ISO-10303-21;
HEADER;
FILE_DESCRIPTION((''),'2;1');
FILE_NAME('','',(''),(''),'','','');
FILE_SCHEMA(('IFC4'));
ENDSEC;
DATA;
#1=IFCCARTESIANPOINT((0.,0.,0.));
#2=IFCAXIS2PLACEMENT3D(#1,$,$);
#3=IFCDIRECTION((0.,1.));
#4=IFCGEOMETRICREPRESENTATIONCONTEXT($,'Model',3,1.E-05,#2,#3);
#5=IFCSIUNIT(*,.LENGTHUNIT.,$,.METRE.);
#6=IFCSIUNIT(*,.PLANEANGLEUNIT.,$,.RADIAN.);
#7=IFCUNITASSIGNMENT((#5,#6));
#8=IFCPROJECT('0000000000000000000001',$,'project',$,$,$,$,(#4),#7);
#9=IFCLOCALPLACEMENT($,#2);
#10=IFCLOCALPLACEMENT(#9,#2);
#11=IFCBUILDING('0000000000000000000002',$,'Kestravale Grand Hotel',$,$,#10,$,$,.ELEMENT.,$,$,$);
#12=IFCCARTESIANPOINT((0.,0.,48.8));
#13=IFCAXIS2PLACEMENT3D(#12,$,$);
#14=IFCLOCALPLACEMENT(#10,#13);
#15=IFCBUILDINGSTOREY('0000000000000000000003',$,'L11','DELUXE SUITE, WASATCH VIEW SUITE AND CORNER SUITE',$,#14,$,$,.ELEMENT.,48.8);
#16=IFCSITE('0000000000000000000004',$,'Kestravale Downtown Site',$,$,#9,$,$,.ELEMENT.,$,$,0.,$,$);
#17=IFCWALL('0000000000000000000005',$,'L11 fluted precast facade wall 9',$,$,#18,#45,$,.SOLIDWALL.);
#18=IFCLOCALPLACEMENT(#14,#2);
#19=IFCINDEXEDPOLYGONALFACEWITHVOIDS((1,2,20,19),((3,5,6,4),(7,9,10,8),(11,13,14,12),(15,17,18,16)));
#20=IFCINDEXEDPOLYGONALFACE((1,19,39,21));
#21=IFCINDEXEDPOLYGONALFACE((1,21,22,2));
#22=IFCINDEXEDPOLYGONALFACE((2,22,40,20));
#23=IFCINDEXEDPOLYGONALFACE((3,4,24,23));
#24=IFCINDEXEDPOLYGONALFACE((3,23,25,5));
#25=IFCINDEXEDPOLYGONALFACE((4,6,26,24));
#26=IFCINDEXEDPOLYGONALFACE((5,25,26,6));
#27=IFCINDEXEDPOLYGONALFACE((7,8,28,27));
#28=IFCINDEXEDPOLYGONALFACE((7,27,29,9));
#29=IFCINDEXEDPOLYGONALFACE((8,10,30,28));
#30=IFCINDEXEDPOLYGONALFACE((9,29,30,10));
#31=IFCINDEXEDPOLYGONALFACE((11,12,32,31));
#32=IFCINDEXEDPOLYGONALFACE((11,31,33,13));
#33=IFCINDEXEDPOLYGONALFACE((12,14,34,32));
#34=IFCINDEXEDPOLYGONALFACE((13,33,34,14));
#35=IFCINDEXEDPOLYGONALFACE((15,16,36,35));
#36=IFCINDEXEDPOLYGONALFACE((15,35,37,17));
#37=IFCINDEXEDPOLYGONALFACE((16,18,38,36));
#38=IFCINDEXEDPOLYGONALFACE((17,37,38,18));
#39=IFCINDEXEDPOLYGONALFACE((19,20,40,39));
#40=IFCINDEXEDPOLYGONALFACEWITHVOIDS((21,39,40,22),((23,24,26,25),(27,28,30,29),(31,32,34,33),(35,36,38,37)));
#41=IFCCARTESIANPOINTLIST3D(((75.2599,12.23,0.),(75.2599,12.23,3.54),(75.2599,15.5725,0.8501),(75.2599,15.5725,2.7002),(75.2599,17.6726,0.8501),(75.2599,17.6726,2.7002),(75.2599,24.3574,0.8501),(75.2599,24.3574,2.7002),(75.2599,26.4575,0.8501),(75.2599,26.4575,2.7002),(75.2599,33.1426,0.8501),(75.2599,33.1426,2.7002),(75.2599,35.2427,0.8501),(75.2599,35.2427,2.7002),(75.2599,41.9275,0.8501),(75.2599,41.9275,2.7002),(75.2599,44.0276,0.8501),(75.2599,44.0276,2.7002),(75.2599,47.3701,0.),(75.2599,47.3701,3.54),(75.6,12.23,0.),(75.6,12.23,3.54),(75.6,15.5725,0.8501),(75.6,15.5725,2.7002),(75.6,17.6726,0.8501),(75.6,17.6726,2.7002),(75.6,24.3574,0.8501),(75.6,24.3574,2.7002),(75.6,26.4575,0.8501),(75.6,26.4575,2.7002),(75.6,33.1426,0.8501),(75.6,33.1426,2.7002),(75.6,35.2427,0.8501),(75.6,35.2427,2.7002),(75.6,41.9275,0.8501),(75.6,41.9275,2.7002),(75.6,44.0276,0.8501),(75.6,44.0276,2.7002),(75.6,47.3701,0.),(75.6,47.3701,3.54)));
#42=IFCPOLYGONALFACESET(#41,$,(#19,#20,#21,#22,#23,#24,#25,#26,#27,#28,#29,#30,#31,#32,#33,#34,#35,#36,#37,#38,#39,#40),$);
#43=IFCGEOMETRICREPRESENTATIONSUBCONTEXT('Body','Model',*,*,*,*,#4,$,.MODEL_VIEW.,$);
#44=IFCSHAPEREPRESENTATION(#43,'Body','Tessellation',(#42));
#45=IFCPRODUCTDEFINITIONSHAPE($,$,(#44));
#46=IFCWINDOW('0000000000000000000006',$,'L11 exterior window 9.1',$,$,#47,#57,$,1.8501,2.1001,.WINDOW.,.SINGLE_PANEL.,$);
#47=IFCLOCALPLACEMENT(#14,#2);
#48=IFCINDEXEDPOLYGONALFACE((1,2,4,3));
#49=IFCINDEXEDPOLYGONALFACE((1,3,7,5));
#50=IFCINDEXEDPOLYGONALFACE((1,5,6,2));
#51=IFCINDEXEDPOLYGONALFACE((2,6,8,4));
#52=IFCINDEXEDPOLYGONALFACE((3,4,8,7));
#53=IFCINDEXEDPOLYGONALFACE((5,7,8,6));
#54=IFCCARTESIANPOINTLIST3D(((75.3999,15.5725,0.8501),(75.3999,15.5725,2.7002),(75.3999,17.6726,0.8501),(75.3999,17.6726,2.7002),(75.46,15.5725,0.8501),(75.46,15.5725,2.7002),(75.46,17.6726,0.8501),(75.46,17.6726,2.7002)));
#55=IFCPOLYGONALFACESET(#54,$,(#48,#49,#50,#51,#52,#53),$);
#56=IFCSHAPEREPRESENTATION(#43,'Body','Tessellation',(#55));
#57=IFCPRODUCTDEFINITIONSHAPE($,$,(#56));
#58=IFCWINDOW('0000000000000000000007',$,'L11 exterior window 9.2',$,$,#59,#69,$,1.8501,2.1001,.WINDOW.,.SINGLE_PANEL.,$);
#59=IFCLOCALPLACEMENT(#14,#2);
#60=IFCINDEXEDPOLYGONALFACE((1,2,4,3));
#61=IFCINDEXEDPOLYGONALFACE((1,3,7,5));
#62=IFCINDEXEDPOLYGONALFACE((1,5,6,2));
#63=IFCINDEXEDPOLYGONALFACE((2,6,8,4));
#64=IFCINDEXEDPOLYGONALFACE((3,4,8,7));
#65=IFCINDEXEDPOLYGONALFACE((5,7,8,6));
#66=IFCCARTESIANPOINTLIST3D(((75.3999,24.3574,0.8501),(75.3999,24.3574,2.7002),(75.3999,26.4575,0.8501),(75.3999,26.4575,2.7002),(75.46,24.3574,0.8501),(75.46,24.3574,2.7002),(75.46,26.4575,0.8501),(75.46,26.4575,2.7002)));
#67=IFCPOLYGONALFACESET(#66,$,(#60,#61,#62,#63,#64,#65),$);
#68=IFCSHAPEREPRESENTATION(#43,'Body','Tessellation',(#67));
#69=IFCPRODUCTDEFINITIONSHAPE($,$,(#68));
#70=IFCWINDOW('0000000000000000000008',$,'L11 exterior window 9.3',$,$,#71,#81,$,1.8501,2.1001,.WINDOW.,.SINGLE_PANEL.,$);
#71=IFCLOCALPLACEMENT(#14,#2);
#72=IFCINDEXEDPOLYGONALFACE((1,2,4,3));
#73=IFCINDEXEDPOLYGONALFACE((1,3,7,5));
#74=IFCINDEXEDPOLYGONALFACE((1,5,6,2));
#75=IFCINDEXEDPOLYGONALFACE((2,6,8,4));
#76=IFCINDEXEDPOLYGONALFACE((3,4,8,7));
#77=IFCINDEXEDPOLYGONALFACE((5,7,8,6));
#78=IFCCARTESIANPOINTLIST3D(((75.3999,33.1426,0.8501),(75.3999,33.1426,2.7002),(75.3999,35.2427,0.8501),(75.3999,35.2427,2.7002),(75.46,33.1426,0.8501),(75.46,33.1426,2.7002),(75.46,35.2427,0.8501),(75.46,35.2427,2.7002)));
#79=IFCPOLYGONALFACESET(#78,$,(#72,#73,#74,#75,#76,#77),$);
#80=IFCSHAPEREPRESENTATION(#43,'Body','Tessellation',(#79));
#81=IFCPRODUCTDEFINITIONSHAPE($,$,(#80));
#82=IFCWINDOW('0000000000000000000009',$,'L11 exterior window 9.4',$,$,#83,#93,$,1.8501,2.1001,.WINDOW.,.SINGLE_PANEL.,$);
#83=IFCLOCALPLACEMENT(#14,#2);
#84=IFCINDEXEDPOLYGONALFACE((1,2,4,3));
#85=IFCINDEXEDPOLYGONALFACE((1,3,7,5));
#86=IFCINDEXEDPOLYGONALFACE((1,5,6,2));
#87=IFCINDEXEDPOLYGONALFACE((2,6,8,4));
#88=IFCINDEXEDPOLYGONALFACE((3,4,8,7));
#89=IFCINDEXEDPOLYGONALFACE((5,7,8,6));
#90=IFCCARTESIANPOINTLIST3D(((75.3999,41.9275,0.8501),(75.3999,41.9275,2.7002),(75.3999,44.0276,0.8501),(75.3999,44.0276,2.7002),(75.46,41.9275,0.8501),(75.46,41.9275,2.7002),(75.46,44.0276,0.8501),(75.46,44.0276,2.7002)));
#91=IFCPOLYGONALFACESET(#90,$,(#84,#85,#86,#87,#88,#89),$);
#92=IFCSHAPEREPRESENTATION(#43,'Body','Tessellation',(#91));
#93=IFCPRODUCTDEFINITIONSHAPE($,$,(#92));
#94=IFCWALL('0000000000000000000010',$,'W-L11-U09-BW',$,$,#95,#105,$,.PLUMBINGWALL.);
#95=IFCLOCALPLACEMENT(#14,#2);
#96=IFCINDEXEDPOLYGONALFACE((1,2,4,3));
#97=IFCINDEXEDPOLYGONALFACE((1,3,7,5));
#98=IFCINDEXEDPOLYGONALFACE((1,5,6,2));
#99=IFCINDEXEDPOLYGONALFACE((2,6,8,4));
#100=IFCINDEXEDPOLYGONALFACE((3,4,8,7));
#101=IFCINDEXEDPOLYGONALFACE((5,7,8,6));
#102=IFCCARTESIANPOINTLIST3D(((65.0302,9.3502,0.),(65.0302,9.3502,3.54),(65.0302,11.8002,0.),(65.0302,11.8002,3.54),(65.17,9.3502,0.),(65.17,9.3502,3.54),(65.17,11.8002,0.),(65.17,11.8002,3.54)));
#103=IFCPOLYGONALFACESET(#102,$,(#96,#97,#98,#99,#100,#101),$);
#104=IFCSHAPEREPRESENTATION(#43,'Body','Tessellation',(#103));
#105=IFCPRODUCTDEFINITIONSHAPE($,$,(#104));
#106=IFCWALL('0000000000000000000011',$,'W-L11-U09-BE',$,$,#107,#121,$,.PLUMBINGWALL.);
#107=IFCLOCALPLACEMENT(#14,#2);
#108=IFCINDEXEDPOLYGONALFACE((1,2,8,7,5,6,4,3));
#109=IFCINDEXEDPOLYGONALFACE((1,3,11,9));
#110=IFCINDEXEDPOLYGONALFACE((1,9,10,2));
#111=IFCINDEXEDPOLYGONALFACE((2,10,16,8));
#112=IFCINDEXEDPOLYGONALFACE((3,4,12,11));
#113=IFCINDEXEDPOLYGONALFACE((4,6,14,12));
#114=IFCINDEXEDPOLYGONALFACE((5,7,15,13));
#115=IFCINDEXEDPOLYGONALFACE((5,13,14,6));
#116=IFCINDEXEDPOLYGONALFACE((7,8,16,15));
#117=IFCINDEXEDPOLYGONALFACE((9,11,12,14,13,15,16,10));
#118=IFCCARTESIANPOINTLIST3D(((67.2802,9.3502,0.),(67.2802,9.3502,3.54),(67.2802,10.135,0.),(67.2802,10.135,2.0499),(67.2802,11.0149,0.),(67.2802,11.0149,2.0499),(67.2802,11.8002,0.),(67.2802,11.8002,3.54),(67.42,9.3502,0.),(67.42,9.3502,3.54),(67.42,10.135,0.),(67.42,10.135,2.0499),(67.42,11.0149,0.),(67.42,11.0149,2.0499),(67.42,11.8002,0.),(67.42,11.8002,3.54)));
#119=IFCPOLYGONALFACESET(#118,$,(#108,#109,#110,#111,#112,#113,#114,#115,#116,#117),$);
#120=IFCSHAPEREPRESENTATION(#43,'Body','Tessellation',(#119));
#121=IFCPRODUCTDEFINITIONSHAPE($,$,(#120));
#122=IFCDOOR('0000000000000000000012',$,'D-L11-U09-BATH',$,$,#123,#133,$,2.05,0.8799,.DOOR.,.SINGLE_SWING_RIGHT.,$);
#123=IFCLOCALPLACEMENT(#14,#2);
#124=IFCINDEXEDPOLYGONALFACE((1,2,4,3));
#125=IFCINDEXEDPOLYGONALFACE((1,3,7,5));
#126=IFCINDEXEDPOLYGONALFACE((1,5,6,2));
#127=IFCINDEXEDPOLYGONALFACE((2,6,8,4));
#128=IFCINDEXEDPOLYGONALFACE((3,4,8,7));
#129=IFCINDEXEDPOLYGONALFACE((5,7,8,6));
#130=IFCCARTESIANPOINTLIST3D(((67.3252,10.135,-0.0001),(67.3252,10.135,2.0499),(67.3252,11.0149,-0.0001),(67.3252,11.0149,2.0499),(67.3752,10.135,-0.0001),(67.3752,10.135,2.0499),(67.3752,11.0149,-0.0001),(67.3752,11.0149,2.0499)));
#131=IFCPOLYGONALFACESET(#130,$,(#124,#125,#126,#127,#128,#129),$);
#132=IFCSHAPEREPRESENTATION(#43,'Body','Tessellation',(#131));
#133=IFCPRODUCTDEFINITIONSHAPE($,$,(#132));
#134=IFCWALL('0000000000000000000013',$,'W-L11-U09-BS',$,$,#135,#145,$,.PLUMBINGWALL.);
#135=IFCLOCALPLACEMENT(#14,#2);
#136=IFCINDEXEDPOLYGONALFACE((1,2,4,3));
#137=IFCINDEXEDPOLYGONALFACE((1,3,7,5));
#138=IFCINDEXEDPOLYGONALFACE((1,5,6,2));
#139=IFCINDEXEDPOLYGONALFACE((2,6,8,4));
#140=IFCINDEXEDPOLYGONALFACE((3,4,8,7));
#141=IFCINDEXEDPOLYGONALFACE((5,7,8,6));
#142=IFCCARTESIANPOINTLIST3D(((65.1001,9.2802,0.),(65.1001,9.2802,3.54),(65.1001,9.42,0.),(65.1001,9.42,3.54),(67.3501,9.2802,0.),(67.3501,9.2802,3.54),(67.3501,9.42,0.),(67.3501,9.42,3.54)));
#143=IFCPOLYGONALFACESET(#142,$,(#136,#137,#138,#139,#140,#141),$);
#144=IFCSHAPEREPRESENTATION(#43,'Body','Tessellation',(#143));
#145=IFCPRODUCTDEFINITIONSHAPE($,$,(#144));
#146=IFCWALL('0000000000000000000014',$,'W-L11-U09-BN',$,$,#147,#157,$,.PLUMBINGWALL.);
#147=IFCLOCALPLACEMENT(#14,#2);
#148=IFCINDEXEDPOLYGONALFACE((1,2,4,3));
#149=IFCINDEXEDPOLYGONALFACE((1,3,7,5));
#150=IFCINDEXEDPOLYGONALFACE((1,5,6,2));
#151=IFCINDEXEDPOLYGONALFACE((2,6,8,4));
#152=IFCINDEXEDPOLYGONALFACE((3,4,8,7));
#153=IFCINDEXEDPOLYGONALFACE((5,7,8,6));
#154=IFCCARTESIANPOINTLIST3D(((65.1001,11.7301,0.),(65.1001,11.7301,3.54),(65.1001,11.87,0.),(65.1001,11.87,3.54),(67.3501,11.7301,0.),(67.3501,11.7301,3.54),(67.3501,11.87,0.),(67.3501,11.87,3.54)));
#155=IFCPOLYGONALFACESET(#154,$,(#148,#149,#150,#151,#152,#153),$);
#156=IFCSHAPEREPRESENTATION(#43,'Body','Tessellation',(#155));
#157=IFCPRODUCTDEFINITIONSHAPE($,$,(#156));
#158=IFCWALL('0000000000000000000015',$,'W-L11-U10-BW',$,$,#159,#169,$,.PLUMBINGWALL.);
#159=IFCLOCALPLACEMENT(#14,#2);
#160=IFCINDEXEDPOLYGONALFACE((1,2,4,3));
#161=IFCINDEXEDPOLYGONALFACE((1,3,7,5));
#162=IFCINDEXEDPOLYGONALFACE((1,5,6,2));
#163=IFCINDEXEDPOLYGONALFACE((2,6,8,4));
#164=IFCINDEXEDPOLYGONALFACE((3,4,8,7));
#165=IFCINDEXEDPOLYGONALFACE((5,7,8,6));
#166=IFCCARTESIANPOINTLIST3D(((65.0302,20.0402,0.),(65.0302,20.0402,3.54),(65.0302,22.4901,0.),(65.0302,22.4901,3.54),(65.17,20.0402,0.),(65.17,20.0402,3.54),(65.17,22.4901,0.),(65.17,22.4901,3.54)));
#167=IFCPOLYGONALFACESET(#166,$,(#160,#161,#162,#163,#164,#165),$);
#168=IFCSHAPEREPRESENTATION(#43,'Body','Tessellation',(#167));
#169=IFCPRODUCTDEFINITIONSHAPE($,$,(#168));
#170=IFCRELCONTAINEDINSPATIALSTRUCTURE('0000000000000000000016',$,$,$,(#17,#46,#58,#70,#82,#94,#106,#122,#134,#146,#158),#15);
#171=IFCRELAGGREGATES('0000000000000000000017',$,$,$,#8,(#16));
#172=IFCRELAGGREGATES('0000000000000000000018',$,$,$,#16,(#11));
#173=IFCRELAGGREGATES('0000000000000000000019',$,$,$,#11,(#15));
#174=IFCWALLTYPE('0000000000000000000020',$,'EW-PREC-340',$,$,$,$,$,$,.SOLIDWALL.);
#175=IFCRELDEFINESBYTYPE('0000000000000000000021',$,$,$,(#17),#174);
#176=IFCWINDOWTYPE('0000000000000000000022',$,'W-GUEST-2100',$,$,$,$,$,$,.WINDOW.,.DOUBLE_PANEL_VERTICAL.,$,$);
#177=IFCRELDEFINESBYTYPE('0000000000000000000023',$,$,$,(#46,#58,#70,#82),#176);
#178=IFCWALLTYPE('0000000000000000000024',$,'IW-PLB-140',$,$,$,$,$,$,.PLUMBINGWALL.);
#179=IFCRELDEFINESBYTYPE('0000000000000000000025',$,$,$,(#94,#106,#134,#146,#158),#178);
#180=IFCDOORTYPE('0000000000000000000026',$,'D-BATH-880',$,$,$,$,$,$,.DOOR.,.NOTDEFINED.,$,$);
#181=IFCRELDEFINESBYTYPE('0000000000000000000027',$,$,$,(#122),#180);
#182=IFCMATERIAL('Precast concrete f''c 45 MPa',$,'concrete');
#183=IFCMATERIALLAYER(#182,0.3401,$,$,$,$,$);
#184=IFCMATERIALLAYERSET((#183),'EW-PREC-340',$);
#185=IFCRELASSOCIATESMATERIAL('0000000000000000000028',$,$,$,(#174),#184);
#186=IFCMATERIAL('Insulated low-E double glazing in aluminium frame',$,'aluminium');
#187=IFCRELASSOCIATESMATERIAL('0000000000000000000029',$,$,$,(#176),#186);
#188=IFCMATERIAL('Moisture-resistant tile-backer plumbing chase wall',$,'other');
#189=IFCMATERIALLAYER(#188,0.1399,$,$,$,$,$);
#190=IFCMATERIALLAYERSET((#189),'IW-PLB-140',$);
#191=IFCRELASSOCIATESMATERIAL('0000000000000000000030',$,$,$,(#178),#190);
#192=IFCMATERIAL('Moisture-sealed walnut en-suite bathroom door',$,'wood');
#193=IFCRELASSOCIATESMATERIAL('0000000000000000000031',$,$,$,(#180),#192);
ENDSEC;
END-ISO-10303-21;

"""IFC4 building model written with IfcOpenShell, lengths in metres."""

from ifc_helpers import new_model, si_unit, direction, frame, frame_2d, origin, place, context, subcontext, project, spatial, rectangle, extrude, material, layer, layer_set, type_object, element, fill, save


model = new_model("IFC4")

# Units and contexts
model_context = context("Model", 3, precision=1e-05, world=origin(), true_north=direction((0.0, 1.0)))
body_context = subcontext(model_context, "Body", "Model", "MODEL_VIEW")
ifc_project = project(units=[si_unit("LENGTHUNIT", "METRE"), si_unit("PLANEANGLEUNIT", "RADIAN")], contexts=[model_context])

# Site, building, storey
site_placement = place(None, origin())
site = spatial("IfcSite", under=ifc_project, at=site_placement, Name="Kestravale Downtown Site", CompositionType="ELEMENT", RefElevation=0.0)
building_placement = place(site_placement, origin())
building = spatial("IfcBuilding", under=site, at=building_placement, Name="Kestravale Grand Hotel", CompositionType="ELEMENT")
storey_placement = place(building_placement, frame((0.0, 0.0, 48.8)))
storey = spatial("IfcBuildingStorey", under=building, at=storey_placement, Name="L11", Description="DELUXE SUITE, WASATCH VIEW SUITE AND CORNER SUITE", CompositionType="ELEMENT", Elevation=48.8)

# Shared definitions
ifc_material_1 = material(Name="Precast concrete f'c 45 MPa", Category="concrete")
ifc_layer_1 = layer(ifc_material_1, 0.3401)
ifc_layer_set_1 = layer_set([ifc_layer_1], Name="EW-PREC-340")
wall_type_1 = type_object("IfcWallType", Name="EW-PREC-340", PredefinedType="SOLIDWALL", material=ifc_layer_set_1)
ifc_material_2 = material(Name="Insulated low-E double glazing in aluminium frame", Category="aluminium")
window_type = type_object("IfcWindowType", Name="W-GUEST-2100", PartitioningType="DOUBLE_PANEL_VERTICAL", PredefinedType="WINDOW", material=ifc_material_2)

# Wall, openings, windows
wall_1_placement = place(storey_placement, frame((75.4299, 12.23, 0.0), z_axis=(0.0, 0.0, 1.0), x_axis=(0.0, 1.0, 0.0)))
wall_1 = element("IfcWall", 1, at=wall_1_placement, inside=storey, type_object=wall_type_1, Name="L11 fluted precast facade wall 9", PredefinedType="SOLIDWALL", context=body_context, shape_type="SweptSolid", body=[
    extrude(rectangle(XDim=35.1401, YDim=0.3401, at=frame_2d((17.5701, 0.0))), origin(), (0.0, 0.0, 1.0), 3.54),
])
opening_1_placement = place(wall_1_placement, frame((3.3425, 0.0, 0.8501)))
opening_1 = element("IfcOpeningElement", 2, at=opening_1_placement, cuts=wall_1, PredefinedType="OPENING", context=body_context, shape_type="SweptSolid", body=[
    extrude(rectangle(XDim=2.1001, YDim=1.8501, at=frame_2d((1.05, 0.925))), frame((0.0, 0.1799, 0.0), z_axis=(0.0, -1.0, 0.0), x_axis=(1.0, 0.0, 0.0)), (0.0, 0.0, 1.0), 0.3601),
])
opening_2_placement = place(wall_1_placement, frame((12.1274, 0.0, 0.8501)))
opening_2 = element("IfcOpeningElement", 3, at=opening_2_placement, cuts=wall_1, PredefinedType="OPENING", context=body_context, shape_type="SweptSolid", body=[
    extrude(rectangle(XDim=2.1001, YDim=1.8501, at=frame_2d((1.05, 0.925))), frame((0.0, 0.1799, 0.0), z_axis=(0.0, -1.0, 0.0), x_axis=(1.0, 0.0, 0.0)), (0.0, 0.0, 1.0), 0.3601),
])
opening_3_placement = place(wall_1_placement, frame((20.9126, 0.0, 0.8501)))
opening_3 = element("IfcOpeningElement", 4, at=opening_3_placement, cuts=wall_1, PredefinedType="OPENING", context=body_context, shape_type="SweptSolid", body=[
    extrude(rectangle(XDim=2.1001, YDim=1.8501, at=frame_2d((1.05, 0.925))), frame((0.0, 0.1799, 0.0), z_axis=(0.0, -1.0, 0.0), x_axis=(1.0, 0.0, 0.0)), (0.0, 0.0, 1.0), 0.3601),
])
opening_4_placement = place(wall_1_placement, frame((29.6975, 0.0, 0.8501)))
opening_4 = element("IfcOpeningElement", 5, at=opening_4_placement, cuts=wall_1, PredefinedType="OPENING", context=body_context, shape_type="SweptSolid", body=[
    extrude(rectangle(XDim=2.1001, YDim=1.8501, at=frame_2d((1.05, 0.925))), frame((0.0, 0.1799, 0.0), z_axis=(0.0, -1.0, 0.0), x_axis=(1.0, 0.0, 0.0)), (0.0, 0.0, 1.0), 0.3601),
])
window_1_placement = place(opening_1_placement, origin())
window_1 = element("IfcWindow", 6, at=window_1_placement, inside=storey, type_object=window_type, Name="L11 exterior window 9.1", OverallHeight=1.8501, OverallWidth=2.1001, PartitioningType="SINGLE_PANEL", PredefinedType="WINDOW", context=body_context, shape_type="SweptSolid", body=[
    extrude(rectangle(XDim=2.1001, YDim=1.8501, at=frame_2d((1.05, 0.925))), frame((0.0, 0.03, 0.0), z_axis=(0.0, -1.0, 0.0), x_axis=(1.0, 0.0, 0.0)), (0.0, 0.0, 1.0), 0.0601),
])
fill(opening_1, window_1)
window_2_placement = place(opening_2_placement, origin())
window_2 = element("IfcWindow", 7, at=window_2_placement, inside=storey, type_object=window_type, Name="L11 exterior window 9.2", OverallHeight=1.8501, OverallWidth=2.1001, PartitioningType="SINGLE_PANEL", PredefinedType="WINDOW", context=body_context, shape_type="SweptSolid", body=[
    extrude(rectangle(XDim=2.1001, YDim=1.8501, at=frame_2d((1.05, 0.925))), frame((0.0, 0.03, 0.0), z_axis=(0.0, -1.0, 0.0), x_axis=(1.0, 0.0, 0.0)), (0.0, 0.0, 1.0), 0.0601),
])
fill(opening_2, window_2)
window_3_placement = place(opening_3_placement, origin())
window_3 = element("IfcWindow", 8, at=window_3_placement, inside=storey, type_object=window_type, Name="L11 exterior window 9.3", OverallHeight=1.8501, OverallWidth=2.1001, PartitioningType="SINGLE_PANEL", PredefinedType="WINDOW", context=body_context, shape_type="SweptSolid", body=[
    extrude(rectangle(XDim=2.1001, YDim=1.8501, at=frame_2d((1.05, 0.925))), frame((0.0, 0.03, 0.0), z_axis=(0.0, -1.0, 0.0), x_axis=(1.0, 0.0, 0.0)), (0.0, 0.0, 1.0), 0.0601),
])
fill(opening_3, window_3)
window_4_placement = place(opening_4_placement, origin())
window_4 = element("IfcWindow", 9, at=window_4_placement, inside=storey, type_object=window_type, Name="L11 exterior window 9.4", OverallHeight=1.8501, OverallWidth=2.1001, PartitioningType="SINGLE_PANEL", PredefinedType="WINDOW", context=body_context, shape_type="SweptSolid", body=[
    extrude(rectangle(XDim=2.1001, YDim=1.8501, at=frame_2d((1.05, 0.925))), frame((0.0, 0.03, 0.0), z_axis=(0.0, -1.0, 0.0), x_axis=(1.0, 0.0, 0.0)), (0.0, 0.0, 1.0), 0.0601),
])
fill(opening_4, window_4)

# Wall
ifc_material_3 = material(Name="Moisture-resistant tile-backer plumbing chase wall", Category="other")
ifc_layer_2 = layer(ifc_material_3, 0.1399)
ifc_layer_set_2 = layer_set([ifc_layer_2], Name="IW-PLB-140")
wall_type_2 = type_object("IfcWallType", Name="IW-PLB-140", PredefinedType="PLUMBINGWALL", material=ifc_layer_set_2)
wall_2_placement = place(storey_placement, frame((65.1001, 9.3501, 0.0), z_axis=(0.0, 0.0, 1.0), x_axis=(0.0, 1.0, 0.0)))
element("IfcWall", 10, at=wall_2_placement, inside=storey, type_object=wall_type_2, Name="W-L11-U09-BW", PredefinedType="PLUMBINGWALL", context=body_context, shape_type="SweptSolid", body=[
    extrude(rectangle(XDim=2.45, YDim=0.1399, at=frame_2d((1.2251, 0.0))), origin(), (0.0, 0.0, 1.0), 3.54),
])

# Wall, opening, door
wall_3_placement = place(storey_placement, frame((67.3501, 9.3501, 0.0), z_axis=(0.0, 0.0, 1.0), x_axis=(0.0, 1.0, 0.0)))
wall_3 = element("IfcWall", 11, at=wall_3_placement, inside=storey, type_object=wall_type_2, Name="W-L11-U09-BE", PredefinedType="PLUMBINGWALL", context=body_context, shape_type="SweptSolid", body=[
    extrude(rectangle(XDim=2.45, YDim=0.1399, at=frame_2d((1.2251, 0.0))), origin(), (0.0, 0.0, 1.0), 3.54),
])
opening_5_placement = place(wall_3_placement, frame((0.7849, 0.0, 0.0)))
opening_5 = element("IfcOpeningElement", 12, at=opening_5_placement, cuts=wall_3, PredefinedType="OPENING", context=body_context, shape_type="SweptSolid", body=[
    extrude(rectangle(XDim=0.8799, YDim=2.05, at=frame_2d((0.4399, 1.0249))), frame((0.0, 0.0798, 0.0), z_axis=(0.0, -1.0, 0.0), x_axis=(1.0, 0.0, 0.0)), (0.0, 0.0, 1.0), 0.1599),
])
ifc_material_4 = material(Name="Moisture-sealed walnut en-suite bathroom door", Category="wood")
door_type = type_object("IfcDoorType", Name="D-BATH-880", OperationType="NOTDEFINED", PredefinedType="DOOR", material=ifc_material_4)
door_1_placement = place(opening_5_placement, origin())
door_1 = element("IfcDoor", 13, at=door_1_placement, inside=storey, type_object=door_type, Name="D-L11-U09-BATH", OperationType="SINGLE_SWING_RIGHT", OverallHeight=2.05, OverallWidth=0.8799, PredefinedType="DOOR", context=body_context, shape_type="SweptSolid", body=[
    extrude(rectangle(XDim=0.8799, YDim=2.05, at=frame_2d((0.4399, 1.0249))), frame((0.0, 0.0249, 0.0), z_axis=(0.0, -1.0, 0.0), x_axis=(1.0, 0.0, 0.0)), (0.0, 0.0, 1.0), 0.05),
])
fill(opening_5, door_1)

# Walls
for number, where, z_axis, x_axis, name in (
    (14, (65.1001, 9.3501, 0.0), (0.0, 0.0, 1.0), (1.0, 0.0, 0.0), "W-L11-U09-BS"),
    (15, (65.1001, 11.8, 0.0), (0.0, 0.0, 1.0), (1.0, 0.0, 0.0), "W-L11-U09-BN"),
):
    element("IfcWall", number, at=place(storey_placement, frame(where, z_axis=z_axis, x_axis=x_axis)), inside=storey, type_object=wall_type_2, Name=name, PredefinedType="PLUMBINGWALL", context=body_context, shape_type="SweptSolid", body=[
        extrude(rectangle(XDim=2.25, YDim=0.1399, at=frame_2d((1.125, 0.0))), origin(), (0.0, 0.0, 1.0), 3.54),
    ])
wall_4_placement = place(storey_placement, frame((65.1001, 20.04, 0.0), z_axis=(0.0, 0.0, 1.0), x_axis=(0.0, 1.0, 0.0)))
element("IfcWall", 16, at=wall_4_placement, inside=storey, type_object=wall_type_2, Name="W-L11-U10-BW", PredefinedType="PLUMBINGWALL", context=body_context, shape_type="SweptSolid", body=[
    extrude(rectangle(XDim=2.45, YDim=0.1399, at=frame_2d((1.2251, 0.0))), origin(), (0.0, 0.0, 1.0), 3.54),
])

save(model, "model.ifc")
